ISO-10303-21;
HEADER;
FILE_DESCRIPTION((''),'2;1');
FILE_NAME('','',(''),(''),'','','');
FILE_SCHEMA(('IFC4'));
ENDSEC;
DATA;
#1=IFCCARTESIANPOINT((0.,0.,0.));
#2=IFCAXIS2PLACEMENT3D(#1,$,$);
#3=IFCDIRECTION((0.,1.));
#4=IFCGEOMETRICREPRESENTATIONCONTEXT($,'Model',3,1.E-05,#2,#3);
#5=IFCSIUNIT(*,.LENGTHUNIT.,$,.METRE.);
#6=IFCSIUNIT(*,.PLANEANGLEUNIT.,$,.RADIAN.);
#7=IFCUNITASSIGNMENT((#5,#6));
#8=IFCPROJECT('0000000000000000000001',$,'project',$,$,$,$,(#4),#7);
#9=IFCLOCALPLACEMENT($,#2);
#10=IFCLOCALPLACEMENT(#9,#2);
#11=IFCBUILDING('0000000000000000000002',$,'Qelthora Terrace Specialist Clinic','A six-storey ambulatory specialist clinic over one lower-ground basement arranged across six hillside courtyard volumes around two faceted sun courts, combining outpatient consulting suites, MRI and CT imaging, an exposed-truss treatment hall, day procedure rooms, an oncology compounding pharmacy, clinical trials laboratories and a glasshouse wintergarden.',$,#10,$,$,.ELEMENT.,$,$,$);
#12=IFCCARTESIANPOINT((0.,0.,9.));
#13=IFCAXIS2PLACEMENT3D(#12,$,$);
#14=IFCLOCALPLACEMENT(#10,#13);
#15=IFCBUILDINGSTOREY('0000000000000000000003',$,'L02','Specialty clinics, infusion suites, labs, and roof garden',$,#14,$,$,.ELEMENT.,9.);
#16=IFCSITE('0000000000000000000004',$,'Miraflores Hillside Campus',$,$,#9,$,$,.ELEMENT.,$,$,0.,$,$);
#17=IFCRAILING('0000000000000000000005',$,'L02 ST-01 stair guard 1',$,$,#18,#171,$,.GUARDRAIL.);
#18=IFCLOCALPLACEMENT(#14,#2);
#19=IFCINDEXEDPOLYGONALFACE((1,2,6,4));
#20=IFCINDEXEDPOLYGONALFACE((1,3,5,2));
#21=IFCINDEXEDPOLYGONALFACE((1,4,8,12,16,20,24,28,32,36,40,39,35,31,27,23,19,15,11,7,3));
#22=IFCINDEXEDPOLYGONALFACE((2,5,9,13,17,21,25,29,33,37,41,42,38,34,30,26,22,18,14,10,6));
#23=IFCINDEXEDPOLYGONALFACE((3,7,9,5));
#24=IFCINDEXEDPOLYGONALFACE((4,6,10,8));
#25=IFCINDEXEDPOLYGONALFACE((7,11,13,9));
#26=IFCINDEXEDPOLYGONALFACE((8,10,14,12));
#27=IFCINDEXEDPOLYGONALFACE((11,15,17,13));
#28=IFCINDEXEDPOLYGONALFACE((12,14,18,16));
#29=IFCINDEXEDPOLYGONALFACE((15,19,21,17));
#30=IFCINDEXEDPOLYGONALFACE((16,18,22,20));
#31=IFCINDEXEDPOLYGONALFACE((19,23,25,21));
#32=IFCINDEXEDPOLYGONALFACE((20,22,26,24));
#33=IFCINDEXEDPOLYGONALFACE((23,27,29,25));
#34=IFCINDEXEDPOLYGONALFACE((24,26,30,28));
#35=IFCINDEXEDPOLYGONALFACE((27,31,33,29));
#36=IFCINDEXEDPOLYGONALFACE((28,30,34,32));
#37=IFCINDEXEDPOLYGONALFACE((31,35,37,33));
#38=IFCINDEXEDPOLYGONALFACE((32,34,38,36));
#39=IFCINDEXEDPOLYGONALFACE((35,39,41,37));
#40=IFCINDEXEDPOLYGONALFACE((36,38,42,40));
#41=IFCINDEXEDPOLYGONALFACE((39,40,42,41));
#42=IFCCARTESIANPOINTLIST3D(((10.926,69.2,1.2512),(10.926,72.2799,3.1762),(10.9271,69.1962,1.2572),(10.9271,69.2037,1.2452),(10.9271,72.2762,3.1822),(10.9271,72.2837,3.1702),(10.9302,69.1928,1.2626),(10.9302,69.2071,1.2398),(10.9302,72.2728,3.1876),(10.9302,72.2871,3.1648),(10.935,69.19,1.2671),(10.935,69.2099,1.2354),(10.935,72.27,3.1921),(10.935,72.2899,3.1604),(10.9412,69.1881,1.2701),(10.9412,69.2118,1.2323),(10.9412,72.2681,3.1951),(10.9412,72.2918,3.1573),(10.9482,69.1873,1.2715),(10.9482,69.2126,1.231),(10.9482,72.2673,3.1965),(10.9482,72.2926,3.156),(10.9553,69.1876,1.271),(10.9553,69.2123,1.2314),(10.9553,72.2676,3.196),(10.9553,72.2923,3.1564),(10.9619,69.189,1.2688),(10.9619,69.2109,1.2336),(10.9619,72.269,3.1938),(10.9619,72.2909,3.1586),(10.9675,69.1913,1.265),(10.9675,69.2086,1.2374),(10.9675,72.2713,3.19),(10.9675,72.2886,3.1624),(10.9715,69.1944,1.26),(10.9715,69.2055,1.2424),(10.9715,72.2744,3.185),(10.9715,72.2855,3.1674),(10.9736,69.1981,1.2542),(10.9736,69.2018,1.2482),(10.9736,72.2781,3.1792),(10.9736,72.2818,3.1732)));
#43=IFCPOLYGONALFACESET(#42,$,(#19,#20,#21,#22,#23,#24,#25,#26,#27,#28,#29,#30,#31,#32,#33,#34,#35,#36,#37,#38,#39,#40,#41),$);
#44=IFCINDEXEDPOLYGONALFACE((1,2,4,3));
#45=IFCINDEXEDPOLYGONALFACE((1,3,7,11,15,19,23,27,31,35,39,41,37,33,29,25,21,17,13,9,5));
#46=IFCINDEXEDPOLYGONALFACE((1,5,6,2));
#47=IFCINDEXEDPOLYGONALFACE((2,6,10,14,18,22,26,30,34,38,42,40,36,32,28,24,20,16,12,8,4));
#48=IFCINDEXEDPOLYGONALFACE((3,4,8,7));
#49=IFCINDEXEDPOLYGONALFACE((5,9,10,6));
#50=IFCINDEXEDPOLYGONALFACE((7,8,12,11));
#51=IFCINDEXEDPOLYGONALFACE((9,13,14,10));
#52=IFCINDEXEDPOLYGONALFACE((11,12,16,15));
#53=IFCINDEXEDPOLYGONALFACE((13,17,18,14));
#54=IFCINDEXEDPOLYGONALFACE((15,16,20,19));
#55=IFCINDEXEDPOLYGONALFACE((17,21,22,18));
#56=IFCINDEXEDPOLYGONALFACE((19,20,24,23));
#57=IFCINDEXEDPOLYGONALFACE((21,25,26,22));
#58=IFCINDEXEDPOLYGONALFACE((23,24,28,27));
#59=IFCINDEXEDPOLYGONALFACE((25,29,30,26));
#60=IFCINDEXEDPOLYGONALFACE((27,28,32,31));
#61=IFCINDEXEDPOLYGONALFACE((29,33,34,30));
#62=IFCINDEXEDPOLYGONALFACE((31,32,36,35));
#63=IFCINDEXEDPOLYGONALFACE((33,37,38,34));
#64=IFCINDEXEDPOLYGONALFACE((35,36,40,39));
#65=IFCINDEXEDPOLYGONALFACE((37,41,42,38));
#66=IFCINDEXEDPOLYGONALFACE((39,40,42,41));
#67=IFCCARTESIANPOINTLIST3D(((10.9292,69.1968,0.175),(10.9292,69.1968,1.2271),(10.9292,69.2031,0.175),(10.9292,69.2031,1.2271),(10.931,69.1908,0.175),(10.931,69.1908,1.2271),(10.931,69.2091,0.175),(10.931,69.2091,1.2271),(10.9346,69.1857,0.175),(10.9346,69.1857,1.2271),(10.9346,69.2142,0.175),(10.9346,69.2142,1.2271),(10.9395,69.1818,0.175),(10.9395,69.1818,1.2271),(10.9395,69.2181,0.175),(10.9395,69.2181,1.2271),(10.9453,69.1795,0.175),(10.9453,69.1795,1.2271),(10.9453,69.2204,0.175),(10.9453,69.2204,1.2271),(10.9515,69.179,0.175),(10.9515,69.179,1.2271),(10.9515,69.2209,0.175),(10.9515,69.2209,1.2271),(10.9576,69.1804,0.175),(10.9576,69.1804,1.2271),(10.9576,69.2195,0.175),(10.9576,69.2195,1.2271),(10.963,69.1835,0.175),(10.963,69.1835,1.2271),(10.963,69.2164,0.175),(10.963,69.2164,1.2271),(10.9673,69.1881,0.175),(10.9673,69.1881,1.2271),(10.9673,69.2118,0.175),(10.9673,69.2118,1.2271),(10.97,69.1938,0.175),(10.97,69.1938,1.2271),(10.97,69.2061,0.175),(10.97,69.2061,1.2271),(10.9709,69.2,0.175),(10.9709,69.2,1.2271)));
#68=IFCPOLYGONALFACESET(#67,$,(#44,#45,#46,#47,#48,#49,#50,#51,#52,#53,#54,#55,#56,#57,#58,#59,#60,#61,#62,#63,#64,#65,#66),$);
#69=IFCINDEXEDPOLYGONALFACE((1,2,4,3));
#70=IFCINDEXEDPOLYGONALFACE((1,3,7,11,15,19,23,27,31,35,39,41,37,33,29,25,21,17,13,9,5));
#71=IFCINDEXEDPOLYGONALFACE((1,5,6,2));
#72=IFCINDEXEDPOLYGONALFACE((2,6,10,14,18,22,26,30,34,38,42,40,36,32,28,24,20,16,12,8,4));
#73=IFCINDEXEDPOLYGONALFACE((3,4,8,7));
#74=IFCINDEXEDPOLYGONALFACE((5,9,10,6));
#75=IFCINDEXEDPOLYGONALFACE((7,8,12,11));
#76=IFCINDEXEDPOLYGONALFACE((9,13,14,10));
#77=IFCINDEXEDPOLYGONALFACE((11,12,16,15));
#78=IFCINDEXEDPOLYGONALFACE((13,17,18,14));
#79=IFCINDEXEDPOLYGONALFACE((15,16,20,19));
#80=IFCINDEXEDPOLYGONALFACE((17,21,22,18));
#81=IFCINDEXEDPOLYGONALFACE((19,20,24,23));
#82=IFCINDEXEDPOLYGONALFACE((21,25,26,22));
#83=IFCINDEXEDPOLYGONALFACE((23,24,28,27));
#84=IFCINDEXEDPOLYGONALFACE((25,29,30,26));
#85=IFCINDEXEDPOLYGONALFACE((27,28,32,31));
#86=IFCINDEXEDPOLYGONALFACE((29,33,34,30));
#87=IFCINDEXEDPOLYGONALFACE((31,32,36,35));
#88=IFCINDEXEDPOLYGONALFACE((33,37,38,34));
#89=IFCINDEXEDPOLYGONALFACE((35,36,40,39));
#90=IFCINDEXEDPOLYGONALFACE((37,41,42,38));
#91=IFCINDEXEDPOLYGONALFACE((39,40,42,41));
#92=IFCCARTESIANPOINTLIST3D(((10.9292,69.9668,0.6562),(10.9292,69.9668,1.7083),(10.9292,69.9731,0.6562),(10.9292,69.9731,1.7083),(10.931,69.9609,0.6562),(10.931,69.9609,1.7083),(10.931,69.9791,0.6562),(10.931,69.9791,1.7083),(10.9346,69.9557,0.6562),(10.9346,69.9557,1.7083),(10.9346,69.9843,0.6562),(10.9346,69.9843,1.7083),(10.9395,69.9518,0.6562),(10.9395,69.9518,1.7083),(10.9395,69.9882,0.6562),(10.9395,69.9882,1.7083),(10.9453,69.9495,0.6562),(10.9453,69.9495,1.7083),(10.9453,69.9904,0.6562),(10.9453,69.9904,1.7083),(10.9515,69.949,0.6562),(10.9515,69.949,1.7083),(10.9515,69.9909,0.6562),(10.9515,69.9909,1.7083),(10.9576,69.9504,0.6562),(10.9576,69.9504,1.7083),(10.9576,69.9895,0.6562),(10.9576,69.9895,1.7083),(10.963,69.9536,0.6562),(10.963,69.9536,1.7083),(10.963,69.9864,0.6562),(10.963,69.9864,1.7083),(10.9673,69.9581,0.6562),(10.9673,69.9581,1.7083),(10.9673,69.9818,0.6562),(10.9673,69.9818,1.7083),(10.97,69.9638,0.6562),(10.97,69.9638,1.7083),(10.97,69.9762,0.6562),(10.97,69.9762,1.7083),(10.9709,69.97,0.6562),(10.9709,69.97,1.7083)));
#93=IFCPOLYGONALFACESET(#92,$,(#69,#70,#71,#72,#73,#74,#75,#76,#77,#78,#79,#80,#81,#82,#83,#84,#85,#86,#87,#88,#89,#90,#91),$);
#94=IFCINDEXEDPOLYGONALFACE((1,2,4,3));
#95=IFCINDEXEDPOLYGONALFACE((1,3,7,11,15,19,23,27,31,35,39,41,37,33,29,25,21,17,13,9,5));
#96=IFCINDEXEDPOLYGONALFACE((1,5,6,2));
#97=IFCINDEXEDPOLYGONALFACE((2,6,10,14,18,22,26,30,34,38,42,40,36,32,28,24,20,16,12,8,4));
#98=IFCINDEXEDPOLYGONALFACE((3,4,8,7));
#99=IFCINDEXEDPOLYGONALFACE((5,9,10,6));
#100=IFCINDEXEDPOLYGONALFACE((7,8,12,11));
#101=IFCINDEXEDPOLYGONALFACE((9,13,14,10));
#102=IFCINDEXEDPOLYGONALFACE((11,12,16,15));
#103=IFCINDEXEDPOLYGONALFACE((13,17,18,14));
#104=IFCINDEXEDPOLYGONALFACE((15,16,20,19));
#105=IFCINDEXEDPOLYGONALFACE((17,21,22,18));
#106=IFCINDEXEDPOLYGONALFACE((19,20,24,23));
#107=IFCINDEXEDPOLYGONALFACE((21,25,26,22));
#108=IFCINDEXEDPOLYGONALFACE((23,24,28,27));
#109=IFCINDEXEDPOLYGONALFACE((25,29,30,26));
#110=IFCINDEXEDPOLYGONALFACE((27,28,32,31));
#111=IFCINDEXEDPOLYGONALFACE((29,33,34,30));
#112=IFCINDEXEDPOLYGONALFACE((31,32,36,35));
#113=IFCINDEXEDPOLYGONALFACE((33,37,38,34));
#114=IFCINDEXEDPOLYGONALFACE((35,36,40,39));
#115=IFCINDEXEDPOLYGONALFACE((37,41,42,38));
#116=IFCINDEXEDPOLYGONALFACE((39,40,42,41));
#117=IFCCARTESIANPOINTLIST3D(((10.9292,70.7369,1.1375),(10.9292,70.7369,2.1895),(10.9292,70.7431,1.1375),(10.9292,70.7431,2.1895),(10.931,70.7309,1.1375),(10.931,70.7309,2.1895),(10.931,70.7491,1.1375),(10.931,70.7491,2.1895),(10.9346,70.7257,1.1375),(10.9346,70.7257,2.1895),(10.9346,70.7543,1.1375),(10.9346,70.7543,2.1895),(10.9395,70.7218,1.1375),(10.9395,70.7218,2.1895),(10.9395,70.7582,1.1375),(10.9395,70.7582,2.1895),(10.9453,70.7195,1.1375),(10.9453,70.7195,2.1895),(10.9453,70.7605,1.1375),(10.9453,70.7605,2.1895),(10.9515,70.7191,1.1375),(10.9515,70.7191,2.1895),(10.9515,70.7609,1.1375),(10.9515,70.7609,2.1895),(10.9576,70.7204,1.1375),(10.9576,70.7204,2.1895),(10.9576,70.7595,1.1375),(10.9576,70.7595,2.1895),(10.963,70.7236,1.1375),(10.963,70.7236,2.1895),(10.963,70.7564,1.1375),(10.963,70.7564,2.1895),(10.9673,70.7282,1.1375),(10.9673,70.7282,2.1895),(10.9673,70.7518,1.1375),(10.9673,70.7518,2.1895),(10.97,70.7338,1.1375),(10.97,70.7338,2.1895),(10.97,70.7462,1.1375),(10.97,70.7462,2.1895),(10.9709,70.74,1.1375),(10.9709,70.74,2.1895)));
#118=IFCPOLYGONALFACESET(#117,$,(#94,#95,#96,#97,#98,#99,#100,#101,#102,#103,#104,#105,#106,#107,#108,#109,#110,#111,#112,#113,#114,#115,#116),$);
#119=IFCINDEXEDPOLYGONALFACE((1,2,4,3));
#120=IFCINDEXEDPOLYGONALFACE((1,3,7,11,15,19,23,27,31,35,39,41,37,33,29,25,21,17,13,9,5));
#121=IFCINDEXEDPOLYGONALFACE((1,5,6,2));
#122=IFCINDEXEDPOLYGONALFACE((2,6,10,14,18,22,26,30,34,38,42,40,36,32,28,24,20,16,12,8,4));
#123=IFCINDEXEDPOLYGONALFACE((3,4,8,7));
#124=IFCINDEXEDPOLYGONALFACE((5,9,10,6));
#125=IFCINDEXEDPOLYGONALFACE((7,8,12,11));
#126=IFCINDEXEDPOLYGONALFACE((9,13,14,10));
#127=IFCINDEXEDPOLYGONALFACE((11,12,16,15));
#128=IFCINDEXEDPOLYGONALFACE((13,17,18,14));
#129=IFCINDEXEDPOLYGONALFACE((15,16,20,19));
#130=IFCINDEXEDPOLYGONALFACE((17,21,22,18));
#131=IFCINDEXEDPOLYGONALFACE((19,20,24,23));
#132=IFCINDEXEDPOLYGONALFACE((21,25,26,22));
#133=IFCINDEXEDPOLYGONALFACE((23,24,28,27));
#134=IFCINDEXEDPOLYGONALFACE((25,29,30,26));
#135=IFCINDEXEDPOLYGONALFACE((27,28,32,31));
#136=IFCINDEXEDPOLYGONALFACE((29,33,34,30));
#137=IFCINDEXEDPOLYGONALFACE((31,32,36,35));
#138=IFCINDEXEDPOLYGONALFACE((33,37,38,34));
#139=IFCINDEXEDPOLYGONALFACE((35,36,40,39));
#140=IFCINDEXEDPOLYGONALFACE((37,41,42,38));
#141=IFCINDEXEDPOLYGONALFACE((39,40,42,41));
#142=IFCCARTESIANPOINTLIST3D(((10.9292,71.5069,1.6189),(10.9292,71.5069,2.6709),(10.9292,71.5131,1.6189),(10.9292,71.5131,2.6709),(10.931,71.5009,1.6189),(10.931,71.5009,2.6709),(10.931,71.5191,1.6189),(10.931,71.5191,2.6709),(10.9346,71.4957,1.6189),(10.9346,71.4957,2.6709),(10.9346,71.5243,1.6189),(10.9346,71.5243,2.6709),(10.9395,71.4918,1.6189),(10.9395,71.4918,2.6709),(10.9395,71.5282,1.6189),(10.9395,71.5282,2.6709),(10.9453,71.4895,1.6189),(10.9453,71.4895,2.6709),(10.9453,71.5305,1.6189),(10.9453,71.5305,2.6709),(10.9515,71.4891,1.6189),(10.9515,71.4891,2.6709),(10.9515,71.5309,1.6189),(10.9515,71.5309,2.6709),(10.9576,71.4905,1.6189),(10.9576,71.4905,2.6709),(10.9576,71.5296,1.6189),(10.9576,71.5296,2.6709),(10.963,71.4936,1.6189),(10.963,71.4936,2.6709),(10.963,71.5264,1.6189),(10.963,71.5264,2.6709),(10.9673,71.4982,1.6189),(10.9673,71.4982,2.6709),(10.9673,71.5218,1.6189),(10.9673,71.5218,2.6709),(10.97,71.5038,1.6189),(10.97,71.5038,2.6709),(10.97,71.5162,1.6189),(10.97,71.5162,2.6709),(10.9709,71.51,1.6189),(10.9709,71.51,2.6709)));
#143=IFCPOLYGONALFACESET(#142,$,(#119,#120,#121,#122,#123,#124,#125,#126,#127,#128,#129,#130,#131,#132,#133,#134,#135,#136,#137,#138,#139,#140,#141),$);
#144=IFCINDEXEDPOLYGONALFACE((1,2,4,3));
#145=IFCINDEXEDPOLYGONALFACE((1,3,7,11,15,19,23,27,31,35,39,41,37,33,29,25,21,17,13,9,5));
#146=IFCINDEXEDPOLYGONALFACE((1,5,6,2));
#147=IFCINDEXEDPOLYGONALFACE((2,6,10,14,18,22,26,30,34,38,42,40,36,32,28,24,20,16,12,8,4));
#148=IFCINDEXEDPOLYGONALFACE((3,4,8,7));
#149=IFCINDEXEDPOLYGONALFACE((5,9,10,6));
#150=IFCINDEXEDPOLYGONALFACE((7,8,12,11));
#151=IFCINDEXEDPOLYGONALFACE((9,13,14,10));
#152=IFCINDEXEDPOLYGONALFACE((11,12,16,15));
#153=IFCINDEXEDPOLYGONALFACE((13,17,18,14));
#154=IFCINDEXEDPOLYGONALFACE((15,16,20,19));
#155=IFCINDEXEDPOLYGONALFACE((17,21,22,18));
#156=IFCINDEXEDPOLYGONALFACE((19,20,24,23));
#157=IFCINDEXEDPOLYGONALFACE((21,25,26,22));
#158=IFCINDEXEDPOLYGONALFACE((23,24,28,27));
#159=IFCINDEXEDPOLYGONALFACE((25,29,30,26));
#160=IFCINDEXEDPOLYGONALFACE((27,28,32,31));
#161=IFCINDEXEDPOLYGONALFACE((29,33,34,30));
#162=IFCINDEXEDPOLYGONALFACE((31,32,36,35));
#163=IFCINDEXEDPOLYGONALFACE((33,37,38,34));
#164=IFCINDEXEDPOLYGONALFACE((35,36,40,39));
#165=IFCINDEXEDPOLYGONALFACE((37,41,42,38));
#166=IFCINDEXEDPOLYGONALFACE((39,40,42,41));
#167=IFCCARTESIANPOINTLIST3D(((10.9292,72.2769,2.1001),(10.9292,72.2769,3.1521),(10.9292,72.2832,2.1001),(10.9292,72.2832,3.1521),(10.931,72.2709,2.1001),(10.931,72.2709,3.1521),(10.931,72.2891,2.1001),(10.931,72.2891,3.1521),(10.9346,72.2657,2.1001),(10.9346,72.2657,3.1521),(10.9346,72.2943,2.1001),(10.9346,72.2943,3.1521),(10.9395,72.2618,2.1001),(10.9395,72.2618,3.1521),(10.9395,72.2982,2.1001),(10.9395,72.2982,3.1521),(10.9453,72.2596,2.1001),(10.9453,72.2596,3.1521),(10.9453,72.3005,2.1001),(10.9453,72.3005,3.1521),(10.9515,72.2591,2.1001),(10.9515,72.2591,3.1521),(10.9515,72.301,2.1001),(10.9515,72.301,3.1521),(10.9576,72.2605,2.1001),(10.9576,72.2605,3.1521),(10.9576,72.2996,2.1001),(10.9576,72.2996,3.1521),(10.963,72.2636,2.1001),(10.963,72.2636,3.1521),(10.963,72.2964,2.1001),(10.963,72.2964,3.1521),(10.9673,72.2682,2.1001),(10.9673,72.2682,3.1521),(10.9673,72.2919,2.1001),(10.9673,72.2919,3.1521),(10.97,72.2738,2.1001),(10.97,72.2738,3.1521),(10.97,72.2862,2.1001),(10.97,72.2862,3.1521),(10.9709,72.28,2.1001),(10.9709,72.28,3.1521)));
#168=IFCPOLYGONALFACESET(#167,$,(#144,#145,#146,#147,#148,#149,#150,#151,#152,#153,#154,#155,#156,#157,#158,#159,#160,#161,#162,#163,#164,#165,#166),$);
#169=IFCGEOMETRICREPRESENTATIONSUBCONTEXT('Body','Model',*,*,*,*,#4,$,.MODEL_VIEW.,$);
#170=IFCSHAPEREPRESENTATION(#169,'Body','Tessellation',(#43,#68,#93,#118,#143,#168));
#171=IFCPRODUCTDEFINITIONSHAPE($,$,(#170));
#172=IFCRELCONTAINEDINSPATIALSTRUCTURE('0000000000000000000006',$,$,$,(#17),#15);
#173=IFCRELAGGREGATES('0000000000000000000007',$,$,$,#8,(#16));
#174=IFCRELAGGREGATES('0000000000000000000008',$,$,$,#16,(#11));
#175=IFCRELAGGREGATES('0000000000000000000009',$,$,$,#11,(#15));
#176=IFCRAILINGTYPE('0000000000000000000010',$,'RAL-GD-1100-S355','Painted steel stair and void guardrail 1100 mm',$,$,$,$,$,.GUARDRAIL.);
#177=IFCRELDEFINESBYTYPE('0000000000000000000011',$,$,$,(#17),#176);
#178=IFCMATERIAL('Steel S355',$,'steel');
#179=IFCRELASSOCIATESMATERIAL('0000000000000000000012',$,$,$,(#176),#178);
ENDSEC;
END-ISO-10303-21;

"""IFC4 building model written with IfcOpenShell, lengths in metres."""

from ifc_helpers import new_model, si_unit, direction, frame, origin, origin_2d, place, context, subcontext, project, spatial, circle, extrude, material, type_object, element, save


model = new_model("IFC4")

# Units and contexts
model_context = context("Model", 3, precision=1e-05, world=origin(), true_north=direction((0.0, 1.0)))
body_context = subcontext(model_context, "Body", "Model", "MODEL_VIEW")
ifc_project = project(units=[si_unit("LENGTHUNIT", "METRE"), si_unit("PLANEANGLEUNIT", "RADIAN")], contexts=[model_context])

# Site, building, storey
site_placement = place(None, origin())
site = spatial("IfcSite", under=ifc_project, at=site_placement, Name="Miraflores Hillside Campus", CompositionType="ELEMENT", RefElevation=0.0)
building_placement = place(site_placement, origin())
building = spatial("IfcBuilding", under=site, at=building_placement, Name="Qelthora Terrace Specialist Clinic", Description="A six-storey ambulatory specialist clinic over one lower-ground basement arranged across six hillside courtyard volumes around two faceted sun courts, combining outpatient consulting suites, MRI and CT imaging, an exposed-truss treatment hall, day procedure rooms, an oncology compounding pharmacy, clinical trials laboratories and a glasshouse wintergarden.", CompositionType="ELEMENT")
storey_placement = place(building_placement, frame((0.0, 0.0, 9.0)))
storey = spatial("IfcBuildingStorey", under=building, at=storey_placement, Name="L02", Description="Specialty clinics, infusion suites, labs, and roof garden", CompositionType="ELEMENT", Elevation=9.0)

# Shared definitions
ifc_material_1 = material(Name="Steel S355", Category="steel")

# Railing
railing_type_1 = type_object("IfcRailingType", Name="RAL-GD-1100-S355", Description="Painted steel stair and void guardrail 1100 mm", PredefinedType="GUARDRAIL", material=ifc_material_1)
railing_1_placement = place(storey_placement, frame((10.95, 69.2, 0.175)))
element("IfcRailing", 1, at=railing_1_placement, inside=storey, type_object=railing_type_1, Name="L02 ST-01 stair guard 1", PredefinedType="GUARDRAIL", context=body_context, shape_type="SweptSolid", body=[
    extrude(circle(Radius=0.0239, at=origin_2d()), frame((0.0, 0.0, 1.0762), z_axis=(0.0, 0.847998, 0.529999), x_axis=(-1.0, 0.0, 0.0)), (0.0, 0.0, 1.0), 3.6321),
    extrude(circle(Radius=0.021, at=origin_2d()), origin(), (0.0, 0.0, 1.0), 1.052),
    extrude(circle(Radius=0.021, at=origin_2d()), frame((0.0, 0.77, 0.4812)), (0.0, 0.0, 1.0), 1.052),
    extrude(circle(Radius=0.021, at=origin_2d()), frame((0.0, 1.54, 0.9624)), (0.0, 0.0, 1.0), 1.052),
    extrude(circle(Radius=0.021, at=origin_2d()), frame((0.0, 2.3101, 1.4438)), (0.0, 0.0, 1.0), 1.052),
    extrude(circle(Radius=0.021, at=origin_2d()), frame((0.0, 3.0801, 1.925)), (0.0, 0.0, 1.0), 1.052),
])

save(model, "model.ifc")
